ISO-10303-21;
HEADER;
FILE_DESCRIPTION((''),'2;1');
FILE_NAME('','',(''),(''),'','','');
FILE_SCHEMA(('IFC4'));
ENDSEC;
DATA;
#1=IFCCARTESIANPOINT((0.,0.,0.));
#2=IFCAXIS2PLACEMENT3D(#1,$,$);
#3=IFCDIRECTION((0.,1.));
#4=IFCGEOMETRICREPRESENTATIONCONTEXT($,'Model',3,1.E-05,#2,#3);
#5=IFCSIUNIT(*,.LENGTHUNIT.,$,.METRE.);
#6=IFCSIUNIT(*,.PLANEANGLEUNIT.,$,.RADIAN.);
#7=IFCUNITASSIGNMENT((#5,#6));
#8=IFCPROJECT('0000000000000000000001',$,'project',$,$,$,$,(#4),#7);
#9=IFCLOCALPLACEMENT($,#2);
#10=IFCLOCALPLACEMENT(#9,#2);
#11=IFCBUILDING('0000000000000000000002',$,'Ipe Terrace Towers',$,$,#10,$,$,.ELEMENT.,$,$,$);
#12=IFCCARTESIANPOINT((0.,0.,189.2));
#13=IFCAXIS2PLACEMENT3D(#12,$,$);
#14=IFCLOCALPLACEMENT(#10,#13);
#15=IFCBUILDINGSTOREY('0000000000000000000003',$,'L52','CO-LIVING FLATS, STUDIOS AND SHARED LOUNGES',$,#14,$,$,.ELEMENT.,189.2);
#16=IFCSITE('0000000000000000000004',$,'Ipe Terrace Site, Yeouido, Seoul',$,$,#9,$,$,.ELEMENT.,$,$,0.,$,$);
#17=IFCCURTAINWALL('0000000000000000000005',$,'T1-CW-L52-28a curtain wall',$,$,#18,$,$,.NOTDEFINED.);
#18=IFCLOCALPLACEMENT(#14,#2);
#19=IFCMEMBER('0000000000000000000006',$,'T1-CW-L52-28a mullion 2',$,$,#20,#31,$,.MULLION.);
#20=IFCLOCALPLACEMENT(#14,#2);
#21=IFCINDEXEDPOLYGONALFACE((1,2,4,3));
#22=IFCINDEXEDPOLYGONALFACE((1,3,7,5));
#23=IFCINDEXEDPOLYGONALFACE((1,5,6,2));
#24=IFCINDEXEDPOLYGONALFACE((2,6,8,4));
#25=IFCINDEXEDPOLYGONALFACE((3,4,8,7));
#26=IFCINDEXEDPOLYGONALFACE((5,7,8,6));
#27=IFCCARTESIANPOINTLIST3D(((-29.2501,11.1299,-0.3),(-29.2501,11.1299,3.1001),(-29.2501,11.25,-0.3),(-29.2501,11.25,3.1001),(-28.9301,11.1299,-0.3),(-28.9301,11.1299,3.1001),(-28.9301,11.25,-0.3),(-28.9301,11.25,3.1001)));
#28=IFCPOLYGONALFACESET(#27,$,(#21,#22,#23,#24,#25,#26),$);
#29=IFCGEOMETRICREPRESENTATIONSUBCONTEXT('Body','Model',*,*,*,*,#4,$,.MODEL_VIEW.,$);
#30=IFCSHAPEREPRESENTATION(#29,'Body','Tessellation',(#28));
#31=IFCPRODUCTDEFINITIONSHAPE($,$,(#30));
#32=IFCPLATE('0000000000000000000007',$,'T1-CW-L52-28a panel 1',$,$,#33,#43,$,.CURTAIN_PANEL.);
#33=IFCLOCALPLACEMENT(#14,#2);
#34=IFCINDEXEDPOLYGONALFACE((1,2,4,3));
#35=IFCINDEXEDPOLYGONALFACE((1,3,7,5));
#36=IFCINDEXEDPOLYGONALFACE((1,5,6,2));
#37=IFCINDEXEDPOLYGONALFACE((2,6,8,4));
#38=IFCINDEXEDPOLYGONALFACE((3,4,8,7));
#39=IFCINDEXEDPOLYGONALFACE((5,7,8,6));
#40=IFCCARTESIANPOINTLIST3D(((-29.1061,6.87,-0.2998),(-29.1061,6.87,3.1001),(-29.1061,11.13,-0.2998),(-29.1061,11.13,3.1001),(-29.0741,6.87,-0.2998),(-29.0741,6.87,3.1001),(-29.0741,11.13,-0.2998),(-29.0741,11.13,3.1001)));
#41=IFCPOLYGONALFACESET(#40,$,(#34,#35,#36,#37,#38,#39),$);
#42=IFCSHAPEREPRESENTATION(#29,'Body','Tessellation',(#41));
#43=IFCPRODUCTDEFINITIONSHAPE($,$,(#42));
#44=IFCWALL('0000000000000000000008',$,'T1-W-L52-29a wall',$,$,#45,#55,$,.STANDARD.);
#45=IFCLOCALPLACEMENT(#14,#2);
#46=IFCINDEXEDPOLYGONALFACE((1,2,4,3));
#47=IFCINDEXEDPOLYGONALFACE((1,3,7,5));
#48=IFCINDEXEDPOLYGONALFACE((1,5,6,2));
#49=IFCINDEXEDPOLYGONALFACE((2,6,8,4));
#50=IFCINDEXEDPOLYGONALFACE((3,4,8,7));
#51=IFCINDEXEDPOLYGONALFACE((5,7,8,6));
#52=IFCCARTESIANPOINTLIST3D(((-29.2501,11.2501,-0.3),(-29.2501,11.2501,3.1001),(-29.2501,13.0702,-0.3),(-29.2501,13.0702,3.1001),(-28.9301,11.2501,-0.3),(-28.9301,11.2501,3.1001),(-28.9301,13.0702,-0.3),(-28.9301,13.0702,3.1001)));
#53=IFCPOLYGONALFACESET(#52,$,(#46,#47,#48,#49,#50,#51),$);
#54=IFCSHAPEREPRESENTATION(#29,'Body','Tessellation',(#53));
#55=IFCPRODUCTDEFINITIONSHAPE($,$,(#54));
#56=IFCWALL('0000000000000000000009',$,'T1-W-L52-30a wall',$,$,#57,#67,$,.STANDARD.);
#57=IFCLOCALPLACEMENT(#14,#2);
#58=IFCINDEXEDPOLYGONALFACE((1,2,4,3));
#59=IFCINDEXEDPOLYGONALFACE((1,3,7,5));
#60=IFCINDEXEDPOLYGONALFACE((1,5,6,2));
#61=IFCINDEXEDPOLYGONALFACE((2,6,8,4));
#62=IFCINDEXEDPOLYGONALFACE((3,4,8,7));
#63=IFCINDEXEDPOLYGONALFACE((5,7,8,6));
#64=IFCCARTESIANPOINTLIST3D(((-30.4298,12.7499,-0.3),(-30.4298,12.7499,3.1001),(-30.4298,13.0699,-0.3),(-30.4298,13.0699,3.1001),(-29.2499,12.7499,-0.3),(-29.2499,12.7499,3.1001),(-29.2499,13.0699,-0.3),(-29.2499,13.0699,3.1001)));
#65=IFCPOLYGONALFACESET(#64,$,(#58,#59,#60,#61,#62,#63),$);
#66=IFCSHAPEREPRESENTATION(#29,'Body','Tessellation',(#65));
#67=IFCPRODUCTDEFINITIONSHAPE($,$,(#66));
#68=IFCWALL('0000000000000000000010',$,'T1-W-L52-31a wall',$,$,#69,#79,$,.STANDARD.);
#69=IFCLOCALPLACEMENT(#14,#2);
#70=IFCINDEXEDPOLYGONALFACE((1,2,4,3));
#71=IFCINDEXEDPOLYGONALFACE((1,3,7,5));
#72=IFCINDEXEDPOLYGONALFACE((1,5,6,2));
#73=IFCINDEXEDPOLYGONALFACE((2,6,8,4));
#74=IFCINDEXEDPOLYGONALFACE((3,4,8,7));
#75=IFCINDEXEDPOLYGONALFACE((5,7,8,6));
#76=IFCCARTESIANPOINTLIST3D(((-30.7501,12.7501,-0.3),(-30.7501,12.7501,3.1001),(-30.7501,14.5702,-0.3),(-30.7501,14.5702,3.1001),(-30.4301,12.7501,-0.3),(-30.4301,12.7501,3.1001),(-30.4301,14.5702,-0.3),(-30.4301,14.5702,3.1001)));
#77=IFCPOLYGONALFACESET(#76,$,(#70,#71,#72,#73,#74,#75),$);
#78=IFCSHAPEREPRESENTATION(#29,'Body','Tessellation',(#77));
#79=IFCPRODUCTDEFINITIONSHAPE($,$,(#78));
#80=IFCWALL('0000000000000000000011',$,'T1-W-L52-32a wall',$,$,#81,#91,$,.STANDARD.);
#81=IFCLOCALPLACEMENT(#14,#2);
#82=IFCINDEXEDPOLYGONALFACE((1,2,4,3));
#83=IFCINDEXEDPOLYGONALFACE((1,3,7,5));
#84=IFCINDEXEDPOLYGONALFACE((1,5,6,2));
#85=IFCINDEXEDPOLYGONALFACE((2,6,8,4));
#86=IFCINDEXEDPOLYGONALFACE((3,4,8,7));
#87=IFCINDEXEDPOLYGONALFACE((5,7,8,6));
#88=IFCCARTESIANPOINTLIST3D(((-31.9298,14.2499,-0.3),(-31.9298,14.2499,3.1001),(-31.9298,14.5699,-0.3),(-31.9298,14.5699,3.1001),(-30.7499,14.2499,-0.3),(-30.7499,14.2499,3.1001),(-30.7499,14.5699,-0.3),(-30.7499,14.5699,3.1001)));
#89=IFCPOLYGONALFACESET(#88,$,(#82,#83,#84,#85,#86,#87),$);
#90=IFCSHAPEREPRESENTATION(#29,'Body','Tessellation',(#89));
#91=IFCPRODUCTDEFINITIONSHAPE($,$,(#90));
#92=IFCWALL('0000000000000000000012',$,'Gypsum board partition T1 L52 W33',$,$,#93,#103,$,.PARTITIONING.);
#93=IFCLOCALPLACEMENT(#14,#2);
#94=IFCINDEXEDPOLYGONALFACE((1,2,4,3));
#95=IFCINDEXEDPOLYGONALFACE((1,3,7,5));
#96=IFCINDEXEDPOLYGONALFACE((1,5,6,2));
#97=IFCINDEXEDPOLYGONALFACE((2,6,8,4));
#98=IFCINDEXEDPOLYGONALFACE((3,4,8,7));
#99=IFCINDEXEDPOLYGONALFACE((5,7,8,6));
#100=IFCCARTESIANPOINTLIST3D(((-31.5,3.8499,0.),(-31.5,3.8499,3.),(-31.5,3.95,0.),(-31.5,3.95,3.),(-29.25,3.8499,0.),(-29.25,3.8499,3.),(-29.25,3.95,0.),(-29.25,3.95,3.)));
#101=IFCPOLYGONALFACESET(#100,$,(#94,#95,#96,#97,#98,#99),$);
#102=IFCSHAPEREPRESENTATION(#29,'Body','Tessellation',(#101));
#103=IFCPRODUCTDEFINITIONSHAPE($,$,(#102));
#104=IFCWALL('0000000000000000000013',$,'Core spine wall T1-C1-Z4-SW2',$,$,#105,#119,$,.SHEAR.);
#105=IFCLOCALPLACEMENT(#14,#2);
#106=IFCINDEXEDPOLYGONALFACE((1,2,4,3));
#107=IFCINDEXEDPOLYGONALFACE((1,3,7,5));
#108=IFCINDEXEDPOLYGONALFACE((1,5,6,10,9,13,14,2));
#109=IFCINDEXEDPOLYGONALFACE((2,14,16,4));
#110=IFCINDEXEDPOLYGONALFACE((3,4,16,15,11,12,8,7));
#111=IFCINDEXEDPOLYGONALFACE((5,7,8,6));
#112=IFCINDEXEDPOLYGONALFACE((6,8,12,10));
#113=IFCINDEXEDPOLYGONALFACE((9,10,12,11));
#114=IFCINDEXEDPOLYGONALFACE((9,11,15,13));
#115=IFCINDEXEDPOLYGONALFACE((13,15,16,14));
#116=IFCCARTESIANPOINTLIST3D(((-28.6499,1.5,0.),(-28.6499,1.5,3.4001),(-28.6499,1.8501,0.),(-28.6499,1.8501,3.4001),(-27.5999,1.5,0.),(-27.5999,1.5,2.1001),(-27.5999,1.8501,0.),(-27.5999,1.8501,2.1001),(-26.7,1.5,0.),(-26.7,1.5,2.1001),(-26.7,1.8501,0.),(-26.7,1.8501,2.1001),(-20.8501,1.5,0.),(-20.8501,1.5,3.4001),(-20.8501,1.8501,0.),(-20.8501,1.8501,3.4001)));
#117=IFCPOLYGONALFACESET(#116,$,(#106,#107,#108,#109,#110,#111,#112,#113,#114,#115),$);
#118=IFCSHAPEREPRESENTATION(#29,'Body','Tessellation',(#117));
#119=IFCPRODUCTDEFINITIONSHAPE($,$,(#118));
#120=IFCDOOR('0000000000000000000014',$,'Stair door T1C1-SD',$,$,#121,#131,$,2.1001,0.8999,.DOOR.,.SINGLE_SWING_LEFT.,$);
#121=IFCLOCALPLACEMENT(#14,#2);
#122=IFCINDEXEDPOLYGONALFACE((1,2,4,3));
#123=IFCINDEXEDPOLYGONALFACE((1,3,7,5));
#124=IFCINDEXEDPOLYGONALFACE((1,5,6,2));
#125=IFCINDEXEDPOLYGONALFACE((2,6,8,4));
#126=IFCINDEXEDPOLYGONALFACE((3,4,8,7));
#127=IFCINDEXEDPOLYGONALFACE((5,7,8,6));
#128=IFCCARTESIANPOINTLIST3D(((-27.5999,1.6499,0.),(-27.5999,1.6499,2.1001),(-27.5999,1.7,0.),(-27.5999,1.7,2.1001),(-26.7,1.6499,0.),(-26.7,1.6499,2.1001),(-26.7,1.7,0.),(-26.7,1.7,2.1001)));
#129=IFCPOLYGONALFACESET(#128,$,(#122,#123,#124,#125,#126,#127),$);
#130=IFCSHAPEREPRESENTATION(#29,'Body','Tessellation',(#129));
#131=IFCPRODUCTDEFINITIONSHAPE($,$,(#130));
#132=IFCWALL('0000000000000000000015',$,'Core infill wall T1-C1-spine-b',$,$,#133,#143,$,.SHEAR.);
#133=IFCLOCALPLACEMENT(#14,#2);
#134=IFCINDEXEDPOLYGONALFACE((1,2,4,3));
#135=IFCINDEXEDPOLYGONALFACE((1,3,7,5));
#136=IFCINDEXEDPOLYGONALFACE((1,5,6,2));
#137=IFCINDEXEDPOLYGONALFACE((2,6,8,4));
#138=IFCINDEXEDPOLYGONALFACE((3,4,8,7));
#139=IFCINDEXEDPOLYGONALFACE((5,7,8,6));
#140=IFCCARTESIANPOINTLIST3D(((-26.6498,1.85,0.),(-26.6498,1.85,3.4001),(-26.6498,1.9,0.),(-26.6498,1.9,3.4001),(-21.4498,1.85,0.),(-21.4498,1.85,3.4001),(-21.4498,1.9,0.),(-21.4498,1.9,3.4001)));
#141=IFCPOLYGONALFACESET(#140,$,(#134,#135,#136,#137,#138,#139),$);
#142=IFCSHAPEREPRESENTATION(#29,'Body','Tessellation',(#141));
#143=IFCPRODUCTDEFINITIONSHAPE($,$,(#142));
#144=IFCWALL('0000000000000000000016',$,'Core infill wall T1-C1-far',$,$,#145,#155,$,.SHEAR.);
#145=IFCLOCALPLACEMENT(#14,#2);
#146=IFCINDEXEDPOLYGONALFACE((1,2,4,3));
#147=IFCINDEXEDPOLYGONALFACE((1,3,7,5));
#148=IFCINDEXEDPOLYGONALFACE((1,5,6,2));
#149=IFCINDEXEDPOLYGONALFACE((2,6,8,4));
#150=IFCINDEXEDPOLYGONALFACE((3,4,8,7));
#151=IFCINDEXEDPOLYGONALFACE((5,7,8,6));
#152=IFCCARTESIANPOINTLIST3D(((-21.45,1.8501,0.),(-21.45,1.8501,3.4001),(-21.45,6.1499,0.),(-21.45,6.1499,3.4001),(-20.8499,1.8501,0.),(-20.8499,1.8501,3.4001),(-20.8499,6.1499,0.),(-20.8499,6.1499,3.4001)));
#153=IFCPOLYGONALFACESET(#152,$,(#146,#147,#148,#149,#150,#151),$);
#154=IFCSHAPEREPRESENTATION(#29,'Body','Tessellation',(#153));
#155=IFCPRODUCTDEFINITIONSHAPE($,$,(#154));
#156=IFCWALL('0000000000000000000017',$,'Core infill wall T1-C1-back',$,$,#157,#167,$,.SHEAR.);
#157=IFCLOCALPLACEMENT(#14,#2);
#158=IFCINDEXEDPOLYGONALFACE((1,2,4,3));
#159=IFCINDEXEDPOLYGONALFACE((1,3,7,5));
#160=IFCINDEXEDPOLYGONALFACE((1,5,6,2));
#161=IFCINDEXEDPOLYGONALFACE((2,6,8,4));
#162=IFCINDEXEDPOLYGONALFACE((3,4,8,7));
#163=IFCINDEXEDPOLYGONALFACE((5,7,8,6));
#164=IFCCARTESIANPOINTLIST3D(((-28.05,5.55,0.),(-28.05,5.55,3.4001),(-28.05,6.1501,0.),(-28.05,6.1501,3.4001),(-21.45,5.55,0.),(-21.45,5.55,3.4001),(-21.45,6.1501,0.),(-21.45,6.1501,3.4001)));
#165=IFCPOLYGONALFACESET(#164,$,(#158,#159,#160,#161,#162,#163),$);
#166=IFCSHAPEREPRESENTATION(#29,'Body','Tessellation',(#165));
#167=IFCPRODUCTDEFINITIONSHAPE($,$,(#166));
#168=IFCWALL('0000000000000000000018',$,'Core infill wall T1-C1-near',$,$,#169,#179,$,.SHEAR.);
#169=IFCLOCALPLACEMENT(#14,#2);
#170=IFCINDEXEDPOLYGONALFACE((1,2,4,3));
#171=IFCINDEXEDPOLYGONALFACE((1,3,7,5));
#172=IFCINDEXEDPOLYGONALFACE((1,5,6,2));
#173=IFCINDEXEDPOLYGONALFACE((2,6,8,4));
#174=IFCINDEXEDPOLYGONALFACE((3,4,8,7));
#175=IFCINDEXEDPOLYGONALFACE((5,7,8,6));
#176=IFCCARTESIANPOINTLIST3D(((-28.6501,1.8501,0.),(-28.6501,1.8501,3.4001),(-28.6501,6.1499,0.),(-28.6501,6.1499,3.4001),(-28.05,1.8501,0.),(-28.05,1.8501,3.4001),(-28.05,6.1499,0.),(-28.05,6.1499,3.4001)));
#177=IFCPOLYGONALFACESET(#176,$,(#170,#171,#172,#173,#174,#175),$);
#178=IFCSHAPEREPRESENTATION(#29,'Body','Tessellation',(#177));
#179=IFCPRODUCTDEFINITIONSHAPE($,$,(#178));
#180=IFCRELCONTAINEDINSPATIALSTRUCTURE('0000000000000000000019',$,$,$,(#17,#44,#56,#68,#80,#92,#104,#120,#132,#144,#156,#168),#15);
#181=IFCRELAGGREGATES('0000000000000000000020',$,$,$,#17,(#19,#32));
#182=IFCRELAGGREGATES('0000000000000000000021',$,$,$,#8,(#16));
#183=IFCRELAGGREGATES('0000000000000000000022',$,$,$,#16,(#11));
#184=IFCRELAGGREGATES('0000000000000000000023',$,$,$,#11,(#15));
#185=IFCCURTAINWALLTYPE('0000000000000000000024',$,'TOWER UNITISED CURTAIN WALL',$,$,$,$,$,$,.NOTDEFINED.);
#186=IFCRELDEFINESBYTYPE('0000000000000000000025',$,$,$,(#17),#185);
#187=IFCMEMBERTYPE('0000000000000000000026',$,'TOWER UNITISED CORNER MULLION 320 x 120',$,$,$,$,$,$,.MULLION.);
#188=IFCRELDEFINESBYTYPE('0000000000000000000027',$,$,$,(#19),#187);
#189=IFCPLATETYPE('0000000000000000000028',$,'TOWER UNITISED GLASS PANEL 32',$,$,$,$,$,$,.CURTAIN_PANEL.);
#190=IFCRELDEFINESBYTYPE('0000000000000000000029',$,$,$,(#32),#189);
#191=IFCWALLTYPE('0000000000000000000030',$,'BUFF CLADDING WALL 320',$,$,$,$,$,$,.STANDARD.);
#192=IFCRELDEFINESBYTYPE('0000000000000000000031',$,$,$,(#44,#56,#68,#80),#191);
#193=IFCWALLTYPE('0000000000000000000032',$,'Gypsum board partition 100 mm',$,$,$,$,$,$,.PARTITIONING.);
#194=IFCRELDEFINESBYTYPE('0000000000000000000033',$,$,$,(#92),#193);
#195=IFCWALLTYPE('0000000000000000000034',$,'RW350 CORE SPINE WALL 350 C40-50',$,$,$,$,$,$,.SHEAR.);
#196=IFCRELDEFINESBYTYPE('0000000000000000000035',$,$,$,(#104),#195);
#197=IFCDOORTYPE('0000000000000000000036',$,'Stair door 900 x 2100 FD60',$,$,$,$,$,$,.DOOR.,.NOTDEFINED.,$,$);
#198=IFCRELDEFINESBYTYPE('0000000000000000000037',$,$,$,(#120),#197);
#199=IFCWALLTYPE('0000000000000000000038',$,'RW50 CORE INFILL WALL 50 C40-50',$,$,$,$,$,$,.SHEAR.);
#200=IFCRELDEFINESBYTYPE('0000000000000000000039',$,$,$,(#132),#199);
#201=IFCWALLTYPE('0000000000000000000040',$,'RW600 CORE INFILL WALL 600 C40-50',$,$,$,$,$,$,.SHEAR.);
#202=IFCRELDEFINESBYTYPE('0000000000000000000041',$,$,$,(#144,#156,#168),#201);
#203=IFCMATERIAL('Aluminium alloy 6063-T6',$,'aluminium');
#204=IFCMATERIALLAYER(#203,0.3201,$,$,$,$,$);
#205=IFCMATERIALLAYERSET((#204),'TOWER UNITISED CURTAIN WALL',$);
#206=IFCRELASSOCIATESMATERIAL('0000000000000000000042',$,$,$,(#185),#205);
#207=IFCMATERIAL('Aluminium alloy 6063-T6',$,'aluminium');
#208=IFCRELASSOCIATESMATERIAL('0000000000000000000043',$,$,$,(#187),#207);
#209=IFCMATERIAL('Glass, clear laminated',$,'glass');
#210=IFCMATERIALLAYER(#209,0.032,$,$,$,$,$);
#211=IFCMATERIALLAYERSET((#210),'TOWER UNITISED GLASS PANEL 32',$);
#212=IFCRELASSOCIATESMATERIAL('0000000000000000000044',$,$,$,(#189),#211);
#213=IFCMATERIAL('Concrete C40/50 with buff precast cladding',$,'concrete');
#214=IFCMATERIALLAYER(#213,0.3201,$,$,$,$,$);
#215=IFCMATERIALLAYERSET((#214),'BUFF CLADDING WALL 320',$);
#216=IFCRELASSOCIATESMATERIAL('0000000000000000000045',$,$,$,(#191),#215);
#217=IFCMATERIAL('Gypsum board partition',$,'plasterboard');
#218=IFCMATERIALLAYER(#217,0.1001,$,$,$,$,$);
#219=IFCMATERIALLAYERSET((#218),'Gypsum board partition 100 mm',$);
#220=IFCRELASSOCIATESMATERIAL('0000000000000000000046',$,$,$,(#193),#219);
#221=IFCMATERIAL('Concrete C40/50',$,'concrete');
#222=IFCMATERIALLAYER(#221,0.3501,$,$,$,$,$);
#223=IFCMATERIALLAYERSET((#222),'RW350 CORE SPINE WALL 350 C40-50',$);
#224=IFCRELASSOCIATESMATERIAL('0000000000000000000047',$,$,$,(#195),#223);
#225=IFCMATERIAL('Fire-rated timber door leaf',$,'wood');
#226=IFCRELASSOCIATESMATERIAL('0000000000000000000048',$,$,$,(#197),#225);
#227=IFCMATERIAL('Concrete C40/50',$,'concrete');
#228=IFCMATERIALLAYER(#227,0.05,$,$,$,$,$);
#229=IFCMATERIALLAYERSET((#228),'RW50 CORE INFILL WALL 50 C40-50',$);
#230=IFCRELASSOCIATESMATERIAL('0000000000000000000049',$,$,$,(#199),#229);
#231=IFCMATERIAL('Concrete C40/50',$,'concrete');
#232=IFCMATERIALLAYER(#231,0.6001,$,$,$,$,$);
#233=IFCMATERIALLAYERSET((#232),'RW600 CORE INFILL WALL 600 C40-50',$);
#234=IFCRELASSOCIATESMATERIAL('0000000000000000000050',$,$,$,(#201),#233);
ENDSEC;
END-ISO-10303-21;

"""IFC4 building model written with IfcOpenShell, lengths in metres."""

from ifc_helpers import new_model, si_unit, direction, frame, frame_2d, origin, origin_2d, place, context, subcontext, project, spatial, rectangle, extrude, material, layer, layer_set, material_profile, profile_set, type_object, element, fill, aggregate, save


model = new_model("IFC4")

# Units and contexts
model_context = context("Model", 3, precision=1e-05, world=origin(), true_north=direction((0.0, 1.0)))
body_context = subcontext(model_context, "Body", "Model", "MODEL_VIEW")
ifc_project = project(units=[si_unit("LENGTHUNIT", "METRE"), si_unit("PLANEANGLEUNIT", "RADIAN")], contexts=[model_context])

# Site, building, storey
site_placement = place(None, origin())
site = spatial("IfcSite", under=ifc_project, at=site_placement, Name="Ipe Terrace Site, Yeouido, Seoul", CompositionType="ELEMENT", RefElevation=0.0)
building_placement = place(site_placement, origin())
building = spatial("IfcBuilding", under=site, at=building_placement, Name="Ipe Terrace Towers", CompositionType="ELEMENT")
storey_placement = place(building_placement, frame((0.0, 0.0, 189.2)))
storey = spatial("IfcBuildingStorey", under=building, at=storey_placement, Name="L52", Description="CO-LIVING FLATS, STUDIOS AND SHARED LOUNGES", CompositionType="ELEMENT", Elevation=189.2)

# Curtain wall, member, plate
ifc_material_1 = material(Name="Aluminium alloy 6063-T6", Category="aluminium")
ifc_layer_1 = layer(ifc_material_1, 0.3201)
ifc_layer_set_1 = layer_set([ifc_layer_1], Name="TOWER UNITISED CURTAIN WALL")
curtain_wall_type = type_object("IfcCurtainWallType", Name="TOWER UNITISED CURTAIN WALL", PredefinedType="NOTDEFINED", material=ifc_layer_set_1)
curtain_wall_placement = place(storey_placement, origin())
curtain_wall = element("IfcCurtainWall", 1, at=curtain_wall_placement, inside=storey, type_object=curtain_wall_type, Name="T1-CW-L52-28a curtain wall", PredefinedType="NOTDEFINED")
ifc_material_2 = material(Name="Aluminium alloy 6063-T6", Category="aluminium")
ifc_material_profile_1 = material_profile(ifc_material_2, rectangle(XDim=0.3201, YDim=0.1201, at=origin_2d()), Name="TOWER UNITISED CORNER MULLION 320 x 120")
ifc_profile_set_1 = profile_set([ifc_material_profile_1], Name="Aluminium alloy 6063-T6")
member_type = type_object("IfcMemberType", Name="TOWER UNITISED CORNER MULLION 320 x 120", PredefinedType="MULLION", material=ifc_profile_set_1)
member_1_placement = place(storey_placement, frame((-29.0901, 11.1899, -0.3), z_axis=(0.0, 0.0, 1.0), x_axis=(1.0, 0.0, 0.0)))
member_1 = element("IfcMember", 2, at=member_1_placement, type_object=member_type, Name="T1-CW-L52-28a mullion 2", PredefinedType="MULLION", context=body_context, shape_type="SweptSolid", body=[
    extrude(rectangle(XDim=0.3201, YDim=0.1201, at=origin_2d()), origin(), (0.0, 0.0, 1.0), 3.4001),
])
ifc_material_3 = material(Name="Glass, clear laminated", Category="glass")
ifc_layer_2 = layer(ifc_material_3, 0.032)
ifc_layer_set_2 = layer_set([ifc_layer_2], Name="TOWER UNITISED GLASS PANEL 32")
plate_type = type_object("IfcPlateType", Name="TOWER UNITISED GLASS PANEL 32", PredefinedType="CURTAIN_PANEL", material=ifc_layer_set_2)
plate_placement = place(storey_placement, frame((-29.0901, 9.0, -0.2998), z_axis=(0.0, 0.0, 1.0), x_axis=(0.0, 1.0, 0.0)))
plate = element("IfcPlate", 3, at=plate_placement, type_object=plate_type, Name="T1-CW-L52-28a panel 1", PredefinedType="CURTAIN_PANEL", context=body_context, shape_type="SweptSolid", body=[
    extrude(rectangle(XDim=4.26, YDim=0.032, at=origin_2d()), origin(), (0.0, 0.0, 1.0), 3.3999),
])
aggregate(curtain_wall, [member_1, plate])

# Walls
ifc_material_4 = material(Name="Concrete C40/50 with buff precast cladding", Category="concrete")
ifc_layer_3 = layer(ifc_material_4, 0.3201)
ifc_layer_set_3 = layer_set([ifc_layer_3], Name="BUFF CLADDING WALL 320")
wall_type_1 = type_object("IfcWallType", Name="BUFF CLADDING WALL 320", PredefinedType="STANDARD", material=ifc_layer_set_3)
wall_1_placement = place(storey_placement, frame((-29.0901, 11.25, -0.3), z_axis=(0.0, 0.0, 1.0), x_axis=(0.0, 1.0, 0.0)))
element("IfcWall", 4, at=wall_1_placement, inside=storey, type_object=wall_type_1, Name="T1-W-L52-29a wall", PredefinedType="STANDARD", context=body_context, shape_type="SweptSolid", body=[
    extrude(rectangle(XDim=1.8201, YDim=0.3201, at=frame_2d((0.9102, 0.0))), origin(), (0.0, 0.0, 1.0), 3.4001),
])
wall_2_placement = place(storey_placement, frame((-29.25, 12.9099, -0.3), z_axis=(0.0, 0.0, 1.0), x_axis=(-1.0, 0.0, 0.0)))
element("IfcWall", 5, at=wall_2_placement, inside=storey, type_object=wall_type_1, Name="T1-W-L52-30a wall", PredefinedType="STANDARD", context=body_context, shape_type="SweptSolid", body=[
    extrude(rectangle(XDim=1.1799, YDim=0.3201, at=frame_2d((0.5898, 0.0))), origin(), (0.0, 0.0, 1.0), 3.4001),
])
wall_3_placement = place(storey_placement, frame((-30.5901, 12.75, -0.3), z_axis=(0.0, 0.0, 1.0), x_axis=(0.0, 1.0, 0.0)))
element("IfcWall", 6, at=wall_3_placement, inside=storey, type_object=wall_type_1, Name="T1-W-L52-31a wall", PredefinedType="STANDARD", context=body_context, shape_type="SweptSolid", body=[
    extrude(rectangle(XDim=1.8201, YDim=0.3201, at=frame_2d((0.9102, 0.0))), origin(), (0.0, 0.0, 1.0), 3.4001),
])
wall_4_placement = place(storey_placement, frame((-30.75, 14.4099, -0.3), z_axis=(0.0, 0.0, 1.0), x_axis=(-1.0, 0.0, 0.0)))
element("IfcWall", 7, at=wall_4_placement, inside=storey, type_object=wall_type_1, Name="T1-W-L52-32a wall", PredefinedType="STANDARD", context=body_context, shape_type="SweptSolid", body=[
    extrude(rectangle(XDim=1.1799, YDim=0.3201, at=frame_2d((0.5898, 0.0))), origin(), (0.0, 0.0, 1.0), 3.4001),
])
ifc_material_5 = material(Name="Gypsum board partition", Category="plasterboard")
ifc_layer_4 = layer(ifc_material_5, 0.1001)
ifc_layer_set_4 = layer_set([ifc_layer_4], Name="Gypsum board partition 100 mm")
wall_type_2 = type_object("IfcWallType", Name="Gypsum board partition 100 mm", PredefinedType="PARTITIONING", material=ifc_layer_set_4)
wall_5_placement = place(storey_placement, frame((-31.5, 3.8999, 0.0), z_axis=(0.0, 0.0, 1.0), x_axis=(1.0, 0.0, 0.0)))
element("IfcWall", 8, at=wall_5_placement, inside=storey, type_object=wall_type_2, Name="Gypsum board partition T1 L52 W33", PredefinedType="PARTITIONING", context=body_context, shape_type="SweptSolid", body=[
    extrude(rectangle(XDim=2.25, YDim=0.1001, at=frame_2d((1.125, 0.0))), origin(), (0.0, 0.0, 1.0), 3.0),
])

# Wall, opening, door
ifc_material_6 = material(Name="Concrete C40/50", Category="concrete")
ifc_layer_5 = layer(ifc_material_6, 0.3501)
ifc_layer_set_5 = layer_set([ifc_layer_5], Name="RW350 CORE SPINE WALL 350 C40-50")
wall_type_3 = type_object("IfcWallType", Name="RW350 CORE SPINE WALL 350 C40-50", PredefinedType="SHEAR", material=ifc_layer_set_5)
wall_6_placement = place(storey_placement, frame((-28.6499, 1.675, 0.0), z_axis=(0.0, 0.0, 1.0), x_axis=(1.0, 0.0, 0.0)))
wall_6 = element("IfcWall", 9, at=wall_6_placement, inside=storey, type_object=wall_type_3, Name="Core spine wall T1-C1-Z4-SW2", PredefinedType="SHEAR", context=body_context, shape_type="SweptSolid", body=[
    extrude(rectangle(XDim=7.7998, YDim=0.3501, at=frame_2d((3.8999, 0.0))), origin(), (0.0, 0.0, 1.0), 3.4001),
])
opening_1_placement = place(wall_6_placement, frame((1.05, 0.0, 0.0)))
opening_1 = element("IfcOpeningElement", 10, at=opening_1_placement, cuts=wall_6, PredefinedType="OPENING", context=body_context, shape_type="SweptSolid", body=[
    extrude(rectangle(XDim=0.8999, YDim=2.1001, at=frame_2d((0.45, 1.05))), frame((0.0, 0.1851, 0.0), z_axis=(0.0, -1.0, 0.0), x_axis=(1.0, 0.0, 0.0)), (0.0, 0.0, 1.0), 0.3701),
])
ifc_material_7 = material(Name="Fire-rated timber door leaf", Category="wood")
door_type_1 = type_object("IfcDoorType", Name="Stair door 900 x 2100 FD60", OperationType="NOTDEFINED", PredefinedType="DOOR", material=ifc_material_7)
door_1_placement = place(opening_1_placement, origin())
door_1 = element("IfcDoor", 11, at=door_1_placement, inside=storey, type_object=door_type_1, Name="Stair door T1C1-SD", OperationType="SINGLE_SWING_LEFT", OverallHeight=2.1001, OverallWidth=0.8999, PredefinedType="DOOR", context=body_context, shape_type="SweptSolid", body=[
    extrude(rectangle(XDim=0.8999, YDim=2.1001, at=frame_2d((0.45, 1.05))), frame((0.0, 0.0249, 0.0), z_axis=(0.0, -1.0, 0.0), x_axis=(1.0, 0.0, 0.0)), (0.0, 0.0, 1.0), 0.05),
])
fill(opening_1, door_1)

# Walls
ifc_material_8 = material(Name="Concrete C40/50", Category="concrete")
ifc_layer_6 = layer(ifc_material_8, 0.05)
ifc_layer_set_6 = layer_set([ifc_layer_6], Name="RW50 CORE INFILL WALL 50 C40-50")
wall_type_4 = type_object("IfcWallType", Name="RW50 CORE INFILL WALL 50 C40-50", PredefinedType="SHEAR", material=ifc_layer_set_6)
wall_7_placement = place(storey_placement, frame((-26.6499, 1.875, 0.0), z_axis=(0.0, 0.0, 1.0), x_axis=(1.0, 0.0, 0.0)))
element("IfcWall", 12, at=wall_7_placement, inside=storey, type_object=wall_type_4, Name="Core infill wall T1-C1-spine-b", PredefinedType="SHEAR", context=body_context, shape_type="SweptSolid", body=[
    extrude(rectangle(XDim=5.2, YDim=0.05, at=frame_2d((2.6001, 0.0))), origin(), (0.0, 0.0, 1.0), 3.4001),
])
ifc_material_9 = material(Name="Concrete C40/50", Category="concrete")
ifc_layer_7 = layer(ifc_material_9, 0.6001)
ifc_layer_set_7 = layer_set([ifc_layer_7], Name="RW600 CORE INFILL WALL 600 C40-50")
wall_type_5 = type_object("IfcWallType", Name="RW600 CORE INFILL WALL 600 C40-50", PredefinedType="SHEAR", material=ifc_layer_set_7)
wall_8_placement = place(storey_placement, frame((-21.1499, 1.8501, 0.0), z_axis=(0.0, 0.0, 1.0), x_axis=(0.0, 1.0, 0.0)))
element("IfcWall", 13, at=wall_8_placement, inside=storey, type_object=wall_type_5, Name="Core infill wall T1-C1-far", PredefinedType="SHEAR", context=body_context, shape_type="SweptSolid", body=[
    extrude(rectangle(XDim=4.2998, YDim=0.6001, at=frame_2d((2.1499, 0.0))), origin(), (0.0, 0.0, 1.0), 3.4001),
])
wall_9_placement = place(storey_placement, frame((-28.05, 5.8501, 0.0), z_axis=(0.0, 0.0, 1.0), x_axis=(1.0, 0.0, 0.0)))
element("IfcWall", 14, at=wall_9_placement, inside=storey, type_object=wall_type_5, Name="Core infill wall T1-C1-back", PredefinedType="SHEAR", context=body_context, shape_type="SweptSolid", body=[
    extrude(rectangle(XDim=6.6001, YDim=0.6001, at=frame_2d((3.3, 0.0))), origin(), (0.0, 0.0, 1.0), 3.4001),
])
wall_10_placement = place(storey_placement, frame((-28.3501, 1.8501, 0.0), z_axis=(0.0, 0.0, 1.0), x_axis=(0.0, 1.0, 0.0)))
element("IfcWall", 15, at=wall_10_placement, inside=storey, type_object=wall_type_5, Name="Core infill wall T1-C1-near", PredefinedType="SHEAR", context=body_context, shape_type="SweptSolid", body=[
    extrude(rectangle(XDim=4.2998, YDim=0.6001, at=frame_2d((2.1499, 0.0))), origin(), (0.0, 0.0, 1.0), 3.4001),
])

save(model, "model.ifc")
